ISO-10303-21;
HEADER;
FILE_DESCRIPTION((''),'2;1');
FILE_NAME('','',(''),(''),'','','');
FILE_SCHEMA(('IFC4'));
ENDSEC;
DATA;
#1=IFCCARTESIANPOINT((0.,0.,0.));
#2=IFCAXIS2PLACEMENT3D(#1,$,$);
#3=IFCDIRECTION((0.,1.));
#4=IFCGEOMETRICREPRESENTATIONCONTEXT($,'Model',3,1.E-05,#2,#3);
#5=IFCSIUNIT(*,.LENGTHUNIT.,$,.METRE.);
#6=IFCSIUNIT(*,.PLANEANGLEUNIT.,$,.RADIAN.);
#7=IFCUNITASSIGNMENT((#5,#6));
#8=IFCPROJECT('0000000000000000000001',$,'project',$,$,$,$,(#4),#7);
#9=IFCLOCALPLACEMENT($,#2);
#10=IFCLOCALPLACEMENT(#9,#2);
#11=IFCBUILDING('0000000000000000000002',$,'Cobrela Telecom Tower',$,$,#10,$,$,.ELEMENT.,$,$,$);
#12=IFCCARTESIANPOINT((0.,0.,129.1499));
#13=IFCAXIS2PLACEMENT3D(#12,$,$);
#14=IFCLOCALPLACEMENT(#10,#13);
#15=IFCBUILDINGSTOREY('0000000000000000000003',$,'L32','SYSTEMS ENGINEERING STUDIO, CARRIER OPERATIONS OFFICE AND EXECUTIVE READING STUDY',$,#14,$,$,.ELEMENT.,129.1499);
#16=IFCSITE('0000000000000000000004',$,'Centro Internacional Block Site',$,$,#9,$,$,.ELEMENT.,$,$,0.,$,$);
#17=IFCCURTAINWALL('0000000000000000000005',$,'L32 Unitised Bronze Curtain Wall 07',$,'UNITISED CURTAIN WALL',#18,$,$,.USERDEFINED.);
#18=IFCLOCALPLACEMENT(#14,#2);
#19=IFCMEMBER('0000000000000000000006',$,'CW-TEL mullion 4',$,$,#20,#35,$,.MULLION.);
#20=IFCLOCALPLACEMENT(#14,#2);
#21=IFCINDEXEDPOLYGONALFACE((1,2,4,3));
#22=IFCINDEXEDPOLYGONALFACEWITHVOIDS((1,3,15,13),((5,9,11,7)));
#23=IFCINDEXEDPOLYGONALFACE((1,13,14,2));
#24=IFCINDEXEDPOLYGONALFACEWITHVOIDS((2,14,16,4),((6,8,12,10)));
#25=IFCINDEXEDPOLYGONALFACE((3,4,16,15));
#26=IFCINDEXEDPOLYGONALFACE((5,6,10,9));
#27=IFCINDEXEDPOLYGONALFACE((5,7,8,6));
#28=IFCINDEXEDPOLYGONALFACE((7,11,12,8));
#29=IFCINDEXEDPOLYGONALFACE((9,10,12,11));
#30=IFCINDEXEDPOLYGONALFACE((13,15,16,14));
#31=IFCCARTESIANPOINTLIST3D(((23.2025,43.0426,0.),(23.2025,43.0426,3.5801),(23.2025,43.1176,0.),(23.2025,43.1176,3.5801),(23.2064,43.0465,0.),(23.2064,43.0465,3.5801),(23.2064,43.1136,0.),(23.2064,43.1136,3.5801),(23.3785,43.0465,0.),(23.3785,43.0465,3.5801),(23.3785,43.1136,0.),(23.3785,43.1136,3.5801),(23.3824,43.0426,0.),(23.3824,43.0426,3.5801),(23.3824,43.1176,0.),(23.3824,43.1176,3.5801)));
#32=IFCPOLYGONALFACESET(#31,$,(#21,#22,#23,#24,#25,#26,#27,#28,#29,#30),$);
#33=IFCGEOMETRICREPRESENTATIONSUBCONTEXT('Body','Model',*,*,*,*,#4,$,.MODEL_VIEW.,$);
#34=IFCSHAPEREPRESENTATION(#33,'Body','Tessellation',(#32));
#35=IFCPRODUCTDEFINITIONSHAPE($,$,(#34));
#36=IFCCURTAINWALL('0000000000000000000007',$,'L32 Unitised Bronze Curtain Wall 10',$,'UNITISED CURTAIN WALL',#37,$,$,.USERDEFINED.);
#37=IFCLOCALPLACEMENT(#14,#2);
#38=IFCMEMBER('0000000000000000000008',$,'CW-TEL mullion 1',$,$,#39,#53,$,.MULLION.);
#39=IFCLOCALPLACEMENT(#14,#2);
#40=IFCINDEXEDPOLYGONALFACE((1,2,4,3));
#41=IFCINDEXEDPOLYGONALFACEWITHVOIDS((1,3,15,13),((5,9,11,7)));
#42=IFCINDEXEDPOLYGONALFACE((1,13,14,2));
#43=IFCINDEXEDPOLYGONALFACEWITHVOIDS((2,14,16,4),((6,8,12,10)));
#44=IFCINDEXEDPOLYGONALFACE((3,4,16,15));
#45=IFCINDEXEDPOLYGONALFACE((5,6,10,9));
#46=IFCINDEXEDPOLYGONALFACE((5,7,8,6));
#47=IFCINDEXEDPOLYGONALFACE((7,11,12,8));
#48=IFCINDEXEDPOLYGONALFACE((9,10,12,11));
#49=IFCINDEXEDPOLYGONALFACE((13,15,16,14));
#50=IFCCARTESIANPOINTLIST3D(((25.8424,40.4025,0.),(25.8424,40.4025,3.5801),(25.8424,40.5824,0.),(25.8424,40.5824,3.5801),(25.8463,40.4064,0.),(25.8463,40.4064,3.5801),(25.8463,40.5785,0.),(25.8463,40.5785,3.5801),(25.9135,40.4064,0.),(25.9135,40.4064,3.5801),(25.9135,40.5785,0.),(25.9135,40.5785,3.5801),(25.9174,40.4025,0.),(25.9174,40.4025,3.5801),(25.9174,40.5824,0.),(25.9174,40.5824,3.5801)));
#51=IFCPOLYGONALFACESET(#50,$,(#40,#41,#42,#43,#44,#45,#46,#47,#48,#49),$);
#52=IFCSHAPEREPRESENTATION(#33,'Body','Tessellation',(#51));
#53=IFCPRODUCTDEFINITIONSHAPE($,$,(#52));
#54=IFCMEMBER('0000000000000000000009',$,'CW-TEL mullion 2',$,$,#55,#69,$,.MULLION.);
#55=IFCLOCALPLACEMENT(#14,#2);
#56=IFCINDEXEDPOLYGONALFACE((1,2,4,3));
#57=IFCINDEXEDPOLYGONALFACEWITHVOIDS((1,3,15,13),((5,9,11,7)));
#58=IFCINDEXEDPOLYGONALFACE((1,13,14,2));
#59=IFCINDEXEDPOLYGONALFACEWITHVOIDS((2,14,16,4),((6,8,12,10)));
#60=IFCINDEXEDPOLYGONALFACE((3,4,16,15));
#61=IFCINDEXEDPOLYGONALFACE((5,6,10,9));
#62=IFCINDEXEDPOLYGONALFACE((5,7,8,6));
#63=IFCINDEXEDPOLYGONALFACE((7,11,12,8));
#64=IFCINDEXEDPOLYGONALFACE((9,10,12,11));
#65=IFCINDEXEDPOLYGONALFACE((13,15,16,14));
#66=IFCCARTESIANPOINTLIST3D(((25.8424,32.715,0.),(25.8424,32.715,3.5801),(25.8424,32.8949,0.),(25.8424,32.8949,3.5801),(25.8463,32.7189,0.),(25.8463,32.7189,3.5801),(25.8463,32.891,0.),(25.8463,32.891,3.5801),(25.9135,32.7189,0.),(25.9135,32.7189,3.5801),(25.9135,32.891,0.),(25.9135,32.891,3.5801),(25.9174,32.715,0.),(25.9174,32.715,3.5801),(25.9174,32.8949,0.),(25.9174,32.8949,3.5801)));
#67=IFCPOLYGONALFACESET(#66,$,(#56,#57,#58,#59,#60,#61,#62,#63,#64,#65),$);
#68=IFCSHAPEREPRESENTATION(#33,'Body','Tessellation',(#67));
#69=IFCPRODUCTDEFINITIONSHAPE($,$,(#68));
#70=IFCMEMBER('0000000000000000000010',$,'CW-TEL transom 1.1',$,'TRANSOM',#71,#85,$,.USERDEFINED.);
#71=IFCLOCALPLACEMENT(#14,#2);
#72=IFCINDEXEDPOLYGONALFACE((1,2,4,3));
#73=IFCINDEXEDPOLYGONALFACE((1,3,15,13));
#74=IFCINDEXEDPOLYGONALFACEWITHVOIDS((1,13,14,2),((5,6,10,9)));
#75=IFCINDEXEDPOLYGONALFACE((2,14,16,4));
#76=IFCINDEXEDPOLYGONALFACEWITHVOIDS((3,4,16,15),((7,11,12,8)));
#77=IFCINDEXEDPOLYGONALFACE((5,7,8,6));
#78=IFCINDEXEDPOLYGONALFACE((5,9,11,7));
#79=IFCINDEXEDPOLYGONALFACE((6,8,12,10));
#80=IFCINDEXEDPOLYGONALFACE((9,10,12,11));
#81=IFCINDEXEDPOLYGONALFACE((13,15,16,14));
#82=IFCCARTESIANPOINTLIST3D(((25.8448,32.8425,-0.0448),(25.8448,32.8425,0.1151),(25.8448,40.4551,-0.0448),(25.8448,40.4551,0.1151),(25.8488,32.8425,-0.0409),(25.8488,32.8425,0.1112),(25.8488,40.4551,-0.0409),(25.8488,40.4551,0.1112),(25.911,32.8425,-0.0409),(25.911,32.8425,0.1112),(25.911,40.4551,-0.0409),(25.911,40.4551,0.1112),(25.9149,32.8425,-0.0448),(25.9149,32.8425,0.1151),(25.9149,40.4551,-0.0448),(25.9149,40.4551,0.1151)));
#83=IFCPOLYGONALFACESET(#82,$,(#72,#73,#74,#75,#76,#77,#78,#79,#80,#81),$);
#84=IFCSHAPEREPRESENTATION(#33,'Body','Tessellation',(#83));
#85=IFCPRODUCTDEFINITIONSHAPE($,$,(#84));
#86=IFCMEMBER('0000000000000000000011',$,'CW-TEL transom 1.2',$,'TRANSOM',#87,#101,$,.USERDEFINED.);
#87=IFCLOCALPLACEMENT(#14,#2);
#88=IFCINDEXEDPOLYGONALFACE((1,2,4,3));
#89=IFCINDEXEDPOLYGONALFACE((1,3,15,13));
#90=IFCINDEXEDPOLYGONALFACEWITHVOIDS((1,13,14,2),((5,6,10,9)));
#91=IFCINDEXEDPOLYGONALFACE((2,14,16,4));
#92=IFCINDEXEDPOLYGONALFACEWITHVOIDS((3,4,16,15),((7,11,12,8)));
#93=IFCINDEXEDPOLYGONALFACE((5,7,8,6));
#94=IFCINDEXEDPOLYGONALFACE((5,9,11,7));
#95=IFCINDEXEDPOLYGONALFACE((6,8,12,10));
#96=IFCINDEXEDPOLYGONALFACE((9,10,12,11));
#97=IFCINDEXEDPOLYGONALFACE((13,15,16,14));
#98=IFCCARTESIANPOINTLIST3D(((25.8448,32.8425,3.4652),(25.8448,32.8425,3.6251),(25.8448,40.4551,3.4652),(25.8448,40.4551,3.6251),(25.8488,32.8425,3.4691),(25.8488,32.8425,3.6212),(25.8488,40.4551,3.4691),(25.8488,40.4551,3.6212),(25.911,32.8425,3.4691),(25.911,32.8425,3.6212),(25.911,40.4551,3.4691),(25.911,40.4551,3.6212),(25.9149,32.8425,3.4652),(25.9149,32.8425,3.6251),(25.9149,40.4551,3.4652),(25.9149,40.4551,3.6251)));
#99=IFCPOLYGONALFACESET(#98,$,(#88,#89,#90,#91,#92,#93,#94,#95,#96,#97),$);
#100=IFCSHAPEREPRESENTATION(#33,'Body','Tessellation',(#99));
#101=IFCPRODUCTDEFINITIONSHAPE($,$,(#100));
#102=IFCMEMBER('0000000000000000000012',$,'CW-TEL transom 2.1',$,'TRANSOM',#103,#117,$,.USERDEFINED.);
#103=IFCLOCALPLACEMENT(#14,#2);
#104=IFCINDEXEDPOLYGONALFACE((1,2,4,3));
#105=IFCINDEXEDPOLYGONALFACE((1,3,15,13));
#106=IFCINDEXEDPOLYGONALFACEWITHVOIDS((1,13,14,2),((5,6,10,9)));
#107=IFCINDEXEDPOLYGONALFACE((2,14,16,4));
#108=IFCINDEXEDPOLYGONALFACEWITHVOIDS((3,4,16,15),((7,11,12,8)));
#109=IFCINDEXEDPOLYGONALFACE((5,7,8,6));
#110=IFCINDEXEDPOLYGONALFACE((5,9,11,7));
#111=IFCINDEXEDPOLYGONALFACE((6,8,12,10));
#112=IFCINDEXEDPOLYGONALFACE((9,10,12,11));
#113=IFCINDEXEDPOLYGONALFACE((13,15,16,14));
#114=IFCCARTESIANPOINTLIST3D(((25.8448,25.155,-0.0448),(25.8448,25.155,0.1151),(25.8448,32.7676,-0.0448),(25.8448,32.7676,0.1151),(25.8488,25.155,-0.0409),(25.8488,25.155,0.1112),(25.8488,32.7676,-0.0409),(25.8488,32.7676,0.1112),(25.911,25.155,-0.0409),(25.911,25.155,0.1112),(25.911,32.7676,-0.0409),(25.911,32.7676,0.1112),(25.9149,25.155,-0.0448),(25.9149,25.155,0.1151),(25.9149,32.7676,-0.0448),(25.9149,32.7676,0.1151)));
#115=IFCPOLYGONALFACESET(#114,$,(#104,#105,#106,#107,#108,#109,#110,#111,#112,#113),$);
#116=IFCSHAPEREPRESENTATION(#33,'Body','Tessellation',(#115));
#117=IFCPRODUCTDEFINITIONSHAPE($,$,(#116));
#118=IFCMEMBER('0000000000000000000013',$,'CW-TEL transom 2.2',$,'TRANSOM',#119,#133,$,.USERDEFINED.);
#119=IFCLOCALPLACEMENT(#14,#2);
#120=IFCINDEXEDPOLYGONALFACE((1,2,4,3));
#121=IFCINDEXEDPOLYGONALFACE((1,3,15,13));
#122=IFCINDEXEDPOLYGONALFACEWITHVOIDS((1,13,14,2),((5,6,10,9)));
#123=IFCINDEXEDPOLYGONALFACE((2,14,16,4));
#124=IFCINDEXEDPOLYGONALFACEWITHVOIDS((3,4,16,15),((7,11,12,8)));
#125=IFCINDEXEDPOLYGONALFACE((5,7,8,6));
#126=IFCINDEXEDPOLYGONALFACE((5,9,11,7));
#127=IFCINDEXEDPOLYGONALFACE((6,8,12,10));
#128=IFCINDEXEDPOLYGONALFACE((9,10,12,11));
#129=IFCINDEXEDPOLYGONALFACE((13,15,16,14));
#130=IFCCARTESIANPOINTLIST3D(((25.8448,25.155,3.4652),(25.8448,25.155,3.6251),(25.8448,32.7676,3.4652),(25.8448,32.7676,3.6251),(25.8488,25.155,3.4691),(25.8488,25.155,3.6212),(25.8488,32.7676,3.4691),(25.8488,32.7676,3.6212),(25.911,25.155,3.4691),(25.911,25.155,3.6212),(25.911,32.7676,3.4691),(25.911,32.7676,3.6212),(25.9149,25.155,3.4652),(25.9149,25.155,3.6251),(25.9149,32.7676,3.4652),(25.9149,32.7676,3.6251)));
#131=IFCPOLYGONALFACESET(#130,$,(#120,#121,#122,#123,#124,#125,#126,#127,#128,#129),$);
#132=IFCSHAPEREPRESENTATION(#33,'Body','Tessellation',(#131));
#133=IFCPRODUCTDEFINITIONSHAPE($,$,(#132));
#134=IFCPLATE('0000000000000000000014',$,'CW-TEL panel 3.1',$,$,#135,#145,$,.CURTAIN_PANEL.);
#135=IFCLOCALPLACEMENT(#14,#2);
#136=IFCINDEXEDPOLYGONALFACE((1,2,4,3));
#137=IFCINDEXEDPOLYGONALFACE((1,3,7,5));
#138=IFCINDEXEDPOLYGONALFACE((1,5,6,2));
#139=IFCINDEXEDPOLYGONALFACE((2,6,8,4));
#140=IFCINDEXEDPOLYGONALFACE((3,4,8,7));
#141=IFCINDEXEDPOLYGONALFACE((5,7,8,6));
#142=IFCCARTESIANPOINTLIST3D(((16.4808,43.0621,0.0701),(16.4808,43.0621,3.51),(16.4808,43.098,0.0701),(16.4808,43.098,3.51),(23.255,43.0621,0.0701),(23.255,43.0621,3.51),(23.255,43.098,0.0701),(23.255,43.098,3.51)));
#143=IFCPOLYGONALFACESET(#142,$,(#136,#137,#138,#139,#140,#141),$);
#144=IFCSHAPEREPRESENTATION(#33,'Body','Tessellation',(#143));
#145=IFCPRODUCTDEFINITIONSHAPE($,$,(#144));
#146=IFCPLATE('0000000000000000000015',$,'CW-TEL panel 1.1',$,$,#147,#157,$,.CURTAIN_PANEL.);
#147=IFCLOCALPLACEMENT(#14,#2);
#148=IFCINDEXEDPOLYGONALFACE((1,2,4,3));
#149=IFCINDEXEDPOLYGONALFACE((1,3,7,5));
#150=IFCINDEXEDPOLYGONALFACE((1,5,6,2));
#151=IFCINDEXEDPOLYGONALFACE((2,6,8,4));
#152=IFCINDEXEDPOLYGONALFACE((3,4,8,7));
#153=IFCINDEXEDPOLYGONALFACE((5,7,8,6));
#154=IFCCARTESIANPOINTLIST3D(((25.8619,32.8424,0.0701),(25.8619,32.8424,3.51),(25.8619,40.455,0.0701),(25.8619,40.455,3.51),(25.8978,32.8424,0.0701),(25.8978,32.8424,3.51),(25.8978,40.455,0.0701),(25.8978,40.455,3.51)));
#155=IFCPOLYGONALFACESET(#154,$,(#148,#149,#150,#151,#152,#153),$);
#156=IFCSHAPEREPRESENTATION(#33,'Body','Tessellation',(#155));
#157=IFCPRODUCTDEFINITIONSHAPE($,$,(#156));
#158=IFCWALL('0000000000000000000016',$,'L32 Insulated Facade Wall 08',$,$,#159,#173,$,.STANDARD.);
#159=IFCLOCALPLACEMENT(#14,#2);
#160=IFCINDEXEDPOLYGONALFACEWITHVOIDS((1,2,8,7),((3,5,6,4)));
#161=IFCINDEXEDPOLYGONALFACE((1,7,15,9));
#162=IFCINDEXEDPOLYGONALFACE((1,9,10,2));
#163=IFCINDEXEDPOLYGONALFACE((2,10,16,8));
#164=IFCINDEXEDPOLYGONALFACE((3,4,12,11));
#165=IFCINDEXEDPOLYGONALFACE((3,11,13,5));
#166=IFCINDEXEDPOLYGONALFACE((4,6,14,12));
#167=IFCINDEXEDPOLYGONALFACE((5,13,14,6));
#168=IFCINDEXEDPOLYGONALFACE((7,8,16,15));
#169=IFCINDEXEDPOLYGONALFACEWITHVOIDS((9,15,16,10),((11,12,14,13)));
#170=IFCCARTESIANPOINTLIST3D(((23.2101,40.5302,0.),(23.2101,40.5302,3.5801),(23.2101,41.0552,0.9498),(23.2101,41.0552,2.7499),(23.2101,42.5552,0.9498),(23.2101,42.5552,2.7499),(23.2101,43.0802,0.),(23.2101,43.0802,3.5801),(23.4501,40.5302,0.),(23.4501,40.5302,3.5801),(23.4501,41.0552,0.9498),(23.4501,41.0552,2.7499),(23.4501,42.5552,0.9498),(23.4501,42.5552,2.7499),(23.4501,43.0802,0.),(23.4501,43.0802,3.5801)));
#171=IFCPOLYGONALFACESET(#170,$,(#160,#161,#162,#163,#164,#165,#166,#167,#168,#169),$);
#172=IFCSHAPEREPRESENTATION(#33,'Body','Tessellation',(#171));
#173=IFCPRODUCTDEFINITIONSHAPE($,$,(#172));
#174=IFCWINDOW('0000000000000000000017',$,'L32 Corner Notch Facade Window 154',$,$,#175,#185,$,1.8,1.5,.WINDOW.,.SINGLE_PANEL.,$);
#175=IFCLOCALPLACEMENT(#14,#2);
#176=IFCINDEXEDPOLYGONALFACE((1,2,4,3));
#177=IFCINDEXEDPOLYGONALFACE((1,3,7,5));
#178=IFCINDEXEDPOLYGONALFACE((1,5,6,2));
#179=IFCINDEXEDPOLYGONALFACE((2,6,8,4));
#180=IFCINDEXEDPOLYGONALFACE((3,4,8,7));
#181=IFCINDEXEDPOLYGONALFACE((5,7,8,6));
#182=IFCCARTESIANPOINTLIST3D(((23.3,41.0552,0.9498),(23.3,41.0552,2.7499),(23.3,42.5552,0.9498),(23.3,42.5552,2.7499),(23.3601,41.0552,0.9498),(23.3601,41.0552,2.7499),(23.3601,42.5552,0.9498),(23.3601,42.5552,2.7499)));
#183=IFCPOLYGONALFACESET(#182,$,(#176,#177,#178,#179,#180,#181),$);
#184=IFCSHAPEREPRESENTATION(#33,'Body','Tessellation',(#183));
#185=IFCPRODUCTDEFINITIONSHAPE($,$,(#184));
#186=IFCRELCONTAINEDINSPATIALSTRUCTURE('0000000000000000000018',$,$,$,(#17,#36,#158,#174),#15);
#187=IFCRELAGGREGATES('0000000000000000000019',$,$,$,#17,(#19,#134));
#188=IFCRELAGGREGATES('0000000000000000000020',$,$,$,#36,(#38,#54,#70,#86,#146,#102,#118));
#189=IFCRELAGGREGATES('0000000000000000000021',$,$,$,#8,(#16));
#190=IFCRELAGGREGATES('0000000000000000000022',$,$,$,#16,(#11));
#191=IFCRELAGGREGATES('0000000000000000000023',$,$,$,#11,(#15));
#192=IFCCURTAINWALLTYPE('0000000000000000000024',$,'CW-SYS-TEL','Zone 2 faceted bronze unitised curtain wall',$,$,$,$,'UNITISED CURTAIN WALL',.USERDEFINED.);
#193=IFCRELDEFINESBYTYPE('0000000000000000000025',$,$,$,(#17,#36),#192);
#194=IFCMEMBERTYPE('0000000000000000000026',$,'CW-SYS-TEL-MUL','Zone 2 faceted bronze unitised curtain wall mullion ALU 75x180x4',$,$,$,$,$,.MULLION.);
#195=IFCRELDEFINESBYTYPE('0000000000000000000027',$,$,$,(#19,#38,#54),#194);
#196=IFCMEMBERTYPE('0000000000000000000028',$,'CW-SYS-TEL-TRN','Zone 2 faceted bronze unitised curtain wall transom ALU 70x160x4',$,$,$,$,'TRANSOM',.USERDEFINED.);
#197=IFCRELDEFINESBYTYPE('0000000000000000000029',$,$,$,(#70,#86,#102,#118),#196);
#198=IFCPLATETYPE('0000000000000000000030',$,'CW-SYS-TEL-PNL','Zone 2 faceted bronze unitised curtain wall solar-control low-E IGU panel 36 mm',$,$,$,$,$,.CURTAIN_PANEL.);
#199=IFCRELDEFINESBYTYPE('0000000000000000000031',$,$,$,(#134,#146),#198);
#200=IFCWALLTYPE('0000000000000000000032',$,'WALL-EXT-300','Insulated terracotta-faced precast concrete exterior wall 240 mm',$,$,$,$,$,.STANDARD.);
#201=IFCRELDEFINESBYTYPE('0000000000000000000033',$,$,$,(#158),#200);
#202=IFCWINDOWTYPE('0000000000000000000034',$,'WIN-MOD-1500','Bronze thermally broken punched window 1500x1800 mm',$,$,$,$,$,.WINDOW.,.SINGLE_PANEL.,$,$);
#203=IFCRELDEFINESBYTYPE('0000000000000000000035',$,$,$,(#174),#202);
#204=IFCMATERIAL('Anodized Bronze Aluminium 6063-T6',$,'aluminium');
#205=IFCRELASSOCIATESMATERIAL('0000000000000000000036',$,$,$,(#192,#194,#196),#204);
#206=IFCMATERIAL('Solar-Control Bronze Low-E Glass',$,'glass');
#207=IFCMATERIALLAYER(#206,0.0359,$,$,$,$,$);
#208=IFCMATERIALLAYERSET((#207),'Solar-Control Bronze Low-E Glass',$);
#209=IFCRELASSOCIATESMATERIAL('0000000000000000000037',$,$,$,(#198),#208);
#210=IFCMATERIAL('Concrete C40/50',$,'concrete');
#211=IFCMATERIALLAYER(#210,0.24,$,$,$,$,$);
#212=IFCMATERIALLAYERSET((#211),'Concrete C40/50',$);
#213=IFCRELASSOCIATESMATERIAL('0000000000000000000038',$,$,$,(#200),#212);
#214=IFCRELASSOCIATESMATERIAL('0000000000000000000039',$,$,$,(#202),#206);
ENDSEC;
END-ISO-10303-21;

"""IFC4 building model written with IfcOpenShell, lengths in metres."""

from ifc_helpers import new_model, si_unit, direction, frame, frame_2d, origin, origin_2d, place, context, subcontext, project, spatial, rectangle, hollow_rectangle, extrude, material, layer, layer_set, material_profile, profile_set, type_object, element, fill, aggregate, save


model = new_model("IFC4")

# Units and contexts
model_context = context("Model", 3, precision=1e-05, world=origin(), true_north=direction((0.0, 1.0)))
body_context = subcontext(model_context, "Body", "Model", "MODEL_VIEW")
ifc_project = project(units=[si_unit("LENGTHUNIT", "METRE"), si_unit("PLANEANGLEUNIT", "RADIAN")], contexts=[model_context])

# Site, building, storey
site_placement = place(None, origin())
site = spatial("IfcSite", under=ifc_project, at=site_placement, Name="Centro Internacional Block Site", CompositionType="ELEMENT", RefElevation=0.0)
building_placement = place(site_placement, origin())
building = spatial("IfcBuilding", under=site, at=building_placement, Name="Cobrela Telecom Tower", CompositionType="ELEMENT")
storey_placement = place(building_placement, frame((0.0, 0.0, 129.1499)))
storey = spatial("IfcBuildingStorey", under=building, at=storey_placement, Name="L32", Description="SYSTEMS ENGINEERING STUDIO, CARRIER OPERATIONS OFFICE AND EXECUTIVE READING STUDY", CompositionType="ELEMENT", Elevation=129.1499)

# Curtain wall, member
ifc_material_1 = material(Name="Anodized Bronze Aluminium 6063-T6", Category="aluminium")
curtain_wall_type = type_object("IfcCurtainWallType", Name="CW-SYS-TEL", Description="Zone 2 faceted bronze unitised curtain wall", ElementType="UNITISED CURTAIN WALL", PredefinedType="USERDEFINED", material=ifc_material_1)
curtain_wall_1_placement = place(storey_placement, origin())
curtain_wall_1 = element("IfcCurtainWall", 1, at=curtain_wall_1_placement, inside=storey, type_object=curtain_wall_type, Name="L32 Unitised Bronze Curtain Wall 07", ObjectType="UNITISED CURTAIN WALL", PredefinedType="USERDEFINED")
ifc_material_profile_1 = material_profile(ifc_material_1, hollow_rectangle(XDim=0.075, YDim=0.1799, WallThickness=0.0039, at=origin_2d()), Name="ALU 75x180x4")
ifc_profile_set_1 = profile_set([ifc_material_profile_1], Name="Anodized Bronze Aluminium 6063-T6")
member_type_1 = type_object("IfcMemberType", Name="CW-SYS-TEL-MUL", Description="Zone 2 faceted bronze unitised curtain wall mullion ALU 75x180x4", PredefinedType="MULLION", material=ifc_profile_set_1)
member_1_placement = place(storey_placement, frame((23.2925, 43.0801, 0.0), z_axis=(0.0, 0.0, 1.0), x_axis=(0.0, 1.0, 0.0)))
member_1 = element("IfcMember", 2, at=member_1_placement, type_object=member_type_1, Name="CW-TEL mullion 4", PredefinedType="MULLION", context=body_context, shape_type="SweptSolid", body=[
    extrude(hollow_rectangle(XDim=0.075, YDim=0.1799, WallThickness=0.0039, at=origin_2d()), origin(), (0.0, 0.0, 1.0), 3.5801),
])

# Curtain wall, members
curtain_wall_2_placement = place(storey_placement, origin())
curtain_wall_2 = element("IfcCurtainWall", 3, at=curtain_wall_2_placement, inside=storey, type_object=curtain_wall_type, Name="L32 Unitised Bronze Curtain Wall 10", ObjectType="UNITISED CURTAIN WALL", PredefinedType="USERDEFINED")
member_2_placement = place(storey_placement, frame((25.8799, 40.4924, 0.0), z_axis=(0.0, 0.0, 1.0), x_axis=(1.0, 0.0, 0.0)))
member_2 = element("IfcMember", 4, at=member_2_placement, type_object=member_type_1, Name="CW-TEL mullion 1", PredefinedType="MULLION", context=body_context, shape_type="SweptSolid", body=[
    extrude(hollow_rectangle(XDim=0.075, YDim=0.1799, WallThickness=0.0039, at=origin_2d()), origin(), (0.0, 0.0, 1.0), 3.5801),
])
member_3_placement = place(storey_placement, frame((25.8799, 32.8049, 0.0), z_axis=(0.0, 0.0, 1.0), x_axis=(1.0, 0.0, 0.0)))
member_3 = element("IfcMember", 5, at=member_3_placement, type_object=member_type_1, Name="CW-TEL mullion 2", PredefinedType="MULLION", context=body_context, shape_type="SweptSolid", body=[
    extrude(hollow_rectangle(XDim=0.075, YDim=0.1799, WallThickness=0.0039, at=origin_2d()), origin(), (0.0, 0.0, 1.0), 3.5801),
])
ifc_material_profile_2 = material_profile(ifc_material_1, hollow_rectangle(XDim=0.0701, YDim=0.1599, WallThickness=0.0039, at=origin_2d()), Name="ALU 70x160x4")
ifc_profile_set_2 = profile_set([ifc_material_profile_2], Name="Anodized Bronze Aluminium 6063-T6")
member_type_2 = type_object("IfcMemberType", Name="CW-SYS-TEL-TRN", Description="Zone 2 faceted bronze unitised curtain wall transom ALU 70x160x4", ElementType="TRANSOM", PredefinedType="USERDEFINED", material=ifc_profile_set_2)
member_4_placement = place(storey_placement, frame((25.8799, 40.4551, 0.0352), z_axis=(0.0, -1.0, 0.0), x_axis=(1.0, 0.0, 0.0)))
member_4 = element("IfcMember", 6, at=member_4_placement, type_object=member_type_2, Name="CW-TEL transom 1.1", ObjectType="TRANSOM", PredefinedType="USERDEFINED", context=body_context, shape_type="SweptSolid", body=[
    extrude(hollow_rectangle(XDim=0.0701, YDim=0.1599, WallThickness=0.0039, at=origin_2d()), origin(), (0.0, 0.0, 1.0), 7.6125),
])
member_5_placement = place(storey_placement, frame((25.8799, 40.4551, 3.5452), z_axis=(0.0, -1.0, 0.0), x_axis=(1.0, 0.0, 0.0)))
member_5 = element("IfcMember", 7, at=member_5_placement, type_object=member_type_2, Name="CW-TEL transom 1.2", ObjectType="TRANSOM", PredefinedType="USERDEFINED", context=body_context, shape_type="SweptSolid", body=[
    extrude(hollow_rectangle(XDim=0.0701, YDim=0.1599, WallThickness=0.0039, at=origin_2d()), origin(), (0.0, 0.0, 1.0), 7.6125),
])
member_6_placement = place(storey_placement, frame((25.8799, 32.7676, 0.0352), z_axis=(0.0, -1.0, 0.0), x_axis=(1.0, 0.0, 0.0)))
member_6 = element("IfcMember", 8, at=member_6_placement, type_object=member_type_2, Name="CW-TEL transom 2.1", ObjectType="TRANSOM", PredefinedType="USERDEFINED", context=body_context, shape_type="SweptSolid", body=[
    extrude(hollow_rectangle(XDim=0.0701, YDim=0.1599, WallThickness=0.0039, at=origin_2d()), origin(), (0.0, 0.0, 1.0), 7.6125),
])
member_7_placement = place(storey_placement, frame((25.8799, 32.7676, 3.5452), z_axis=(0.0, -1.0, 0.0), x_axis=(1.0, 0.0, 0.0)))
member_7 = element("IfcMember", 9, at=member_7_placement, type_object=member_type_2, Name="CW-TEL transom 2.2", ObjectType="TRANSOM", PredefinedType="USERDEFINED", context=body_context, shape_type="SweptSolid", body=[
    extrude(hollow_rectangle(XDim=0.0701, YDim=0.1599, WallThickness=0.0039, at=origin_2d()), origin(), (0.0, 0.0, 1.0), 7.6125),
])

# Plates
ifc_material_2 = material(Name="Solar-Control Bronze Low-E Glass", Category="glass")
ifc_layer_1 = layer(ifc_material_2, 0.0359)
ifc_layer_set_1 = layer_set([ifc_layer_1], Name="Solar-Control Bronze Low-E Glass")
plate_type = type_object("IfcPlateType", Name="CW-SYS-TEL-PNL", Description="Zone 2 faceted bronze unitised curtain wall solar-control low-E IGU panel 36 mm", PredefinedType="CURTAIN_PANEL", material=ifc_layer_set_1)
plate_1_placement = place(storey_placement, frame((19.8679, 43.0801, 0.0701), z_axis=(0.0, 0.0, 1.0), x_axis=(1.0, 0.0, 0.0)))
plate_1 = element("IfcPlate", 10, at=plate_1_placement, type_object=plate_type, Name="CW-TEL panel 3.1", PredefinedType="CURTAIN_PANEL", context=body_context, shape_type="SweptSolid", body=[
    extrude(rectangle(XDim=6.7742, YDim=0.0359, at=origin_2d()), origin(), (0.0, 0.0, 1.0), 3.4399),
])
aggregate(curtain_wall_1, [member_1, plate_1])
plate_2_placement = place(storey_placement, frame((25.8799, 36.6487, 0.0701), z_axis=(0.0, 0.0, 1.0), x_axis=(0.0, -1.0, 0.0)))
plate_2 = element("IfcPlate", 11, at=plate_2_placement, type_object=plate_type, Name="CW-TEL panel 1.1", PredefinedType="CURTAIN_PANEL", context=body_context, shape_type="SweptSolid", body=[
    extrude(rectangle(XDim=7.6125, YDim=0.0359, at=origin_2d()), origin(), (0.0, 0.0, 1.0), 3.4399),
])
aggregate(curtain_wall_2, [member_2, member_3, member_4, member_5, plate_2, member_6, member_7])

# Wall, opening, window
ifc_material_3 = material(Name="Concrete C40/50", Category="concrete")
ifc_layer_2 = layer(ifc_material_3, 0.24)
ifc_layer_set_2 = layer_set([ifc_layer_2], Name="Concrete C40/50")
wall_type = type_object("IfcWallType", Name="WALL-EXT-300", Description="Insulated terracotta-faced precast concrete exterior wall 240 mm", PredefinedType="STANDARD", material=ifc_layer_set_2)
wall_1_placement = place(storey_placement, frame((23.3301, 43.0801, 0.0), z_axis=(0.0, 0.0, 1.0), x_axis=(0.0, -1.0, 0.0)))
wall_1 = element("IfcWall", 12, at=wall_1_placement, inside=storey, type_object=wall_type, Name="L32 Insulated Facade Wall 08", PredefinedType="STANDARD", context=body_context, shape_type="SweptSolid", body=[
    extrude(rectangle(XDim=2.55, YDim=0.24, at=frame_2d((1.2749, 0.0))), origin(), (0.0, 0.0, 1.0), 3.5801),
])
opening_1_placement = place(wall_1_placement, frame((0.5249, 0.0, 0.95)))
opening_1 = element("IfcOpeningElement", 13, at=opening_1_placement, cuts=wall_1, PredefinedType="OPENING", context=body_context, shape_type="SweptSolid", body=[
    extrude(rectangle(XDim=1.5, YDim=1.8, at=frame_2d((0.75, 0.8999))), frame((0.0, 0.1318, 0.0), z_axis=(0.0, -1.0, 0.0), x_axis=(1.0, 0.0, 0.0)), (0.0, 0.0, 1.0), 0.2639),
])
window_type_1 = type_object("IfcWindowType", Name="WIN-MOD-1500", Description="Bronze thermally broken punched window 1500x1800 mm", PartitioningType="SINGLE_PANEL", PredefinedType="WINDOW", material=ifc_material_2)
window_1_placement = place(opening_1_placement, origin())
window_1 = element("IfcWindow", 14, at=window_1_placement, inside=storey, type_object=window_type_1, Name="L32 Corner Notch Facade Window 154", OverallHeight=1.8, OverallWidth=1.5, PartitioningType="SINGLE_PANEL", PredefinedType="WINDOW", context=body_context, shape_type="SweptSolid", body=[
    extrude(rectangle(XDim=1.5, YDim=1.8, at=frame_2d((0.75, 0.8999))), frame((0.0, 0.03, 0.0), z_axis=(0.0, -1.0, 0.0), x_axis=(1.0, 0.0, 0.0)), (0.0, 0.0, 1.0), 0.0601),
])
fill(opening_1, window_1)

save(model, "model.ifc")
